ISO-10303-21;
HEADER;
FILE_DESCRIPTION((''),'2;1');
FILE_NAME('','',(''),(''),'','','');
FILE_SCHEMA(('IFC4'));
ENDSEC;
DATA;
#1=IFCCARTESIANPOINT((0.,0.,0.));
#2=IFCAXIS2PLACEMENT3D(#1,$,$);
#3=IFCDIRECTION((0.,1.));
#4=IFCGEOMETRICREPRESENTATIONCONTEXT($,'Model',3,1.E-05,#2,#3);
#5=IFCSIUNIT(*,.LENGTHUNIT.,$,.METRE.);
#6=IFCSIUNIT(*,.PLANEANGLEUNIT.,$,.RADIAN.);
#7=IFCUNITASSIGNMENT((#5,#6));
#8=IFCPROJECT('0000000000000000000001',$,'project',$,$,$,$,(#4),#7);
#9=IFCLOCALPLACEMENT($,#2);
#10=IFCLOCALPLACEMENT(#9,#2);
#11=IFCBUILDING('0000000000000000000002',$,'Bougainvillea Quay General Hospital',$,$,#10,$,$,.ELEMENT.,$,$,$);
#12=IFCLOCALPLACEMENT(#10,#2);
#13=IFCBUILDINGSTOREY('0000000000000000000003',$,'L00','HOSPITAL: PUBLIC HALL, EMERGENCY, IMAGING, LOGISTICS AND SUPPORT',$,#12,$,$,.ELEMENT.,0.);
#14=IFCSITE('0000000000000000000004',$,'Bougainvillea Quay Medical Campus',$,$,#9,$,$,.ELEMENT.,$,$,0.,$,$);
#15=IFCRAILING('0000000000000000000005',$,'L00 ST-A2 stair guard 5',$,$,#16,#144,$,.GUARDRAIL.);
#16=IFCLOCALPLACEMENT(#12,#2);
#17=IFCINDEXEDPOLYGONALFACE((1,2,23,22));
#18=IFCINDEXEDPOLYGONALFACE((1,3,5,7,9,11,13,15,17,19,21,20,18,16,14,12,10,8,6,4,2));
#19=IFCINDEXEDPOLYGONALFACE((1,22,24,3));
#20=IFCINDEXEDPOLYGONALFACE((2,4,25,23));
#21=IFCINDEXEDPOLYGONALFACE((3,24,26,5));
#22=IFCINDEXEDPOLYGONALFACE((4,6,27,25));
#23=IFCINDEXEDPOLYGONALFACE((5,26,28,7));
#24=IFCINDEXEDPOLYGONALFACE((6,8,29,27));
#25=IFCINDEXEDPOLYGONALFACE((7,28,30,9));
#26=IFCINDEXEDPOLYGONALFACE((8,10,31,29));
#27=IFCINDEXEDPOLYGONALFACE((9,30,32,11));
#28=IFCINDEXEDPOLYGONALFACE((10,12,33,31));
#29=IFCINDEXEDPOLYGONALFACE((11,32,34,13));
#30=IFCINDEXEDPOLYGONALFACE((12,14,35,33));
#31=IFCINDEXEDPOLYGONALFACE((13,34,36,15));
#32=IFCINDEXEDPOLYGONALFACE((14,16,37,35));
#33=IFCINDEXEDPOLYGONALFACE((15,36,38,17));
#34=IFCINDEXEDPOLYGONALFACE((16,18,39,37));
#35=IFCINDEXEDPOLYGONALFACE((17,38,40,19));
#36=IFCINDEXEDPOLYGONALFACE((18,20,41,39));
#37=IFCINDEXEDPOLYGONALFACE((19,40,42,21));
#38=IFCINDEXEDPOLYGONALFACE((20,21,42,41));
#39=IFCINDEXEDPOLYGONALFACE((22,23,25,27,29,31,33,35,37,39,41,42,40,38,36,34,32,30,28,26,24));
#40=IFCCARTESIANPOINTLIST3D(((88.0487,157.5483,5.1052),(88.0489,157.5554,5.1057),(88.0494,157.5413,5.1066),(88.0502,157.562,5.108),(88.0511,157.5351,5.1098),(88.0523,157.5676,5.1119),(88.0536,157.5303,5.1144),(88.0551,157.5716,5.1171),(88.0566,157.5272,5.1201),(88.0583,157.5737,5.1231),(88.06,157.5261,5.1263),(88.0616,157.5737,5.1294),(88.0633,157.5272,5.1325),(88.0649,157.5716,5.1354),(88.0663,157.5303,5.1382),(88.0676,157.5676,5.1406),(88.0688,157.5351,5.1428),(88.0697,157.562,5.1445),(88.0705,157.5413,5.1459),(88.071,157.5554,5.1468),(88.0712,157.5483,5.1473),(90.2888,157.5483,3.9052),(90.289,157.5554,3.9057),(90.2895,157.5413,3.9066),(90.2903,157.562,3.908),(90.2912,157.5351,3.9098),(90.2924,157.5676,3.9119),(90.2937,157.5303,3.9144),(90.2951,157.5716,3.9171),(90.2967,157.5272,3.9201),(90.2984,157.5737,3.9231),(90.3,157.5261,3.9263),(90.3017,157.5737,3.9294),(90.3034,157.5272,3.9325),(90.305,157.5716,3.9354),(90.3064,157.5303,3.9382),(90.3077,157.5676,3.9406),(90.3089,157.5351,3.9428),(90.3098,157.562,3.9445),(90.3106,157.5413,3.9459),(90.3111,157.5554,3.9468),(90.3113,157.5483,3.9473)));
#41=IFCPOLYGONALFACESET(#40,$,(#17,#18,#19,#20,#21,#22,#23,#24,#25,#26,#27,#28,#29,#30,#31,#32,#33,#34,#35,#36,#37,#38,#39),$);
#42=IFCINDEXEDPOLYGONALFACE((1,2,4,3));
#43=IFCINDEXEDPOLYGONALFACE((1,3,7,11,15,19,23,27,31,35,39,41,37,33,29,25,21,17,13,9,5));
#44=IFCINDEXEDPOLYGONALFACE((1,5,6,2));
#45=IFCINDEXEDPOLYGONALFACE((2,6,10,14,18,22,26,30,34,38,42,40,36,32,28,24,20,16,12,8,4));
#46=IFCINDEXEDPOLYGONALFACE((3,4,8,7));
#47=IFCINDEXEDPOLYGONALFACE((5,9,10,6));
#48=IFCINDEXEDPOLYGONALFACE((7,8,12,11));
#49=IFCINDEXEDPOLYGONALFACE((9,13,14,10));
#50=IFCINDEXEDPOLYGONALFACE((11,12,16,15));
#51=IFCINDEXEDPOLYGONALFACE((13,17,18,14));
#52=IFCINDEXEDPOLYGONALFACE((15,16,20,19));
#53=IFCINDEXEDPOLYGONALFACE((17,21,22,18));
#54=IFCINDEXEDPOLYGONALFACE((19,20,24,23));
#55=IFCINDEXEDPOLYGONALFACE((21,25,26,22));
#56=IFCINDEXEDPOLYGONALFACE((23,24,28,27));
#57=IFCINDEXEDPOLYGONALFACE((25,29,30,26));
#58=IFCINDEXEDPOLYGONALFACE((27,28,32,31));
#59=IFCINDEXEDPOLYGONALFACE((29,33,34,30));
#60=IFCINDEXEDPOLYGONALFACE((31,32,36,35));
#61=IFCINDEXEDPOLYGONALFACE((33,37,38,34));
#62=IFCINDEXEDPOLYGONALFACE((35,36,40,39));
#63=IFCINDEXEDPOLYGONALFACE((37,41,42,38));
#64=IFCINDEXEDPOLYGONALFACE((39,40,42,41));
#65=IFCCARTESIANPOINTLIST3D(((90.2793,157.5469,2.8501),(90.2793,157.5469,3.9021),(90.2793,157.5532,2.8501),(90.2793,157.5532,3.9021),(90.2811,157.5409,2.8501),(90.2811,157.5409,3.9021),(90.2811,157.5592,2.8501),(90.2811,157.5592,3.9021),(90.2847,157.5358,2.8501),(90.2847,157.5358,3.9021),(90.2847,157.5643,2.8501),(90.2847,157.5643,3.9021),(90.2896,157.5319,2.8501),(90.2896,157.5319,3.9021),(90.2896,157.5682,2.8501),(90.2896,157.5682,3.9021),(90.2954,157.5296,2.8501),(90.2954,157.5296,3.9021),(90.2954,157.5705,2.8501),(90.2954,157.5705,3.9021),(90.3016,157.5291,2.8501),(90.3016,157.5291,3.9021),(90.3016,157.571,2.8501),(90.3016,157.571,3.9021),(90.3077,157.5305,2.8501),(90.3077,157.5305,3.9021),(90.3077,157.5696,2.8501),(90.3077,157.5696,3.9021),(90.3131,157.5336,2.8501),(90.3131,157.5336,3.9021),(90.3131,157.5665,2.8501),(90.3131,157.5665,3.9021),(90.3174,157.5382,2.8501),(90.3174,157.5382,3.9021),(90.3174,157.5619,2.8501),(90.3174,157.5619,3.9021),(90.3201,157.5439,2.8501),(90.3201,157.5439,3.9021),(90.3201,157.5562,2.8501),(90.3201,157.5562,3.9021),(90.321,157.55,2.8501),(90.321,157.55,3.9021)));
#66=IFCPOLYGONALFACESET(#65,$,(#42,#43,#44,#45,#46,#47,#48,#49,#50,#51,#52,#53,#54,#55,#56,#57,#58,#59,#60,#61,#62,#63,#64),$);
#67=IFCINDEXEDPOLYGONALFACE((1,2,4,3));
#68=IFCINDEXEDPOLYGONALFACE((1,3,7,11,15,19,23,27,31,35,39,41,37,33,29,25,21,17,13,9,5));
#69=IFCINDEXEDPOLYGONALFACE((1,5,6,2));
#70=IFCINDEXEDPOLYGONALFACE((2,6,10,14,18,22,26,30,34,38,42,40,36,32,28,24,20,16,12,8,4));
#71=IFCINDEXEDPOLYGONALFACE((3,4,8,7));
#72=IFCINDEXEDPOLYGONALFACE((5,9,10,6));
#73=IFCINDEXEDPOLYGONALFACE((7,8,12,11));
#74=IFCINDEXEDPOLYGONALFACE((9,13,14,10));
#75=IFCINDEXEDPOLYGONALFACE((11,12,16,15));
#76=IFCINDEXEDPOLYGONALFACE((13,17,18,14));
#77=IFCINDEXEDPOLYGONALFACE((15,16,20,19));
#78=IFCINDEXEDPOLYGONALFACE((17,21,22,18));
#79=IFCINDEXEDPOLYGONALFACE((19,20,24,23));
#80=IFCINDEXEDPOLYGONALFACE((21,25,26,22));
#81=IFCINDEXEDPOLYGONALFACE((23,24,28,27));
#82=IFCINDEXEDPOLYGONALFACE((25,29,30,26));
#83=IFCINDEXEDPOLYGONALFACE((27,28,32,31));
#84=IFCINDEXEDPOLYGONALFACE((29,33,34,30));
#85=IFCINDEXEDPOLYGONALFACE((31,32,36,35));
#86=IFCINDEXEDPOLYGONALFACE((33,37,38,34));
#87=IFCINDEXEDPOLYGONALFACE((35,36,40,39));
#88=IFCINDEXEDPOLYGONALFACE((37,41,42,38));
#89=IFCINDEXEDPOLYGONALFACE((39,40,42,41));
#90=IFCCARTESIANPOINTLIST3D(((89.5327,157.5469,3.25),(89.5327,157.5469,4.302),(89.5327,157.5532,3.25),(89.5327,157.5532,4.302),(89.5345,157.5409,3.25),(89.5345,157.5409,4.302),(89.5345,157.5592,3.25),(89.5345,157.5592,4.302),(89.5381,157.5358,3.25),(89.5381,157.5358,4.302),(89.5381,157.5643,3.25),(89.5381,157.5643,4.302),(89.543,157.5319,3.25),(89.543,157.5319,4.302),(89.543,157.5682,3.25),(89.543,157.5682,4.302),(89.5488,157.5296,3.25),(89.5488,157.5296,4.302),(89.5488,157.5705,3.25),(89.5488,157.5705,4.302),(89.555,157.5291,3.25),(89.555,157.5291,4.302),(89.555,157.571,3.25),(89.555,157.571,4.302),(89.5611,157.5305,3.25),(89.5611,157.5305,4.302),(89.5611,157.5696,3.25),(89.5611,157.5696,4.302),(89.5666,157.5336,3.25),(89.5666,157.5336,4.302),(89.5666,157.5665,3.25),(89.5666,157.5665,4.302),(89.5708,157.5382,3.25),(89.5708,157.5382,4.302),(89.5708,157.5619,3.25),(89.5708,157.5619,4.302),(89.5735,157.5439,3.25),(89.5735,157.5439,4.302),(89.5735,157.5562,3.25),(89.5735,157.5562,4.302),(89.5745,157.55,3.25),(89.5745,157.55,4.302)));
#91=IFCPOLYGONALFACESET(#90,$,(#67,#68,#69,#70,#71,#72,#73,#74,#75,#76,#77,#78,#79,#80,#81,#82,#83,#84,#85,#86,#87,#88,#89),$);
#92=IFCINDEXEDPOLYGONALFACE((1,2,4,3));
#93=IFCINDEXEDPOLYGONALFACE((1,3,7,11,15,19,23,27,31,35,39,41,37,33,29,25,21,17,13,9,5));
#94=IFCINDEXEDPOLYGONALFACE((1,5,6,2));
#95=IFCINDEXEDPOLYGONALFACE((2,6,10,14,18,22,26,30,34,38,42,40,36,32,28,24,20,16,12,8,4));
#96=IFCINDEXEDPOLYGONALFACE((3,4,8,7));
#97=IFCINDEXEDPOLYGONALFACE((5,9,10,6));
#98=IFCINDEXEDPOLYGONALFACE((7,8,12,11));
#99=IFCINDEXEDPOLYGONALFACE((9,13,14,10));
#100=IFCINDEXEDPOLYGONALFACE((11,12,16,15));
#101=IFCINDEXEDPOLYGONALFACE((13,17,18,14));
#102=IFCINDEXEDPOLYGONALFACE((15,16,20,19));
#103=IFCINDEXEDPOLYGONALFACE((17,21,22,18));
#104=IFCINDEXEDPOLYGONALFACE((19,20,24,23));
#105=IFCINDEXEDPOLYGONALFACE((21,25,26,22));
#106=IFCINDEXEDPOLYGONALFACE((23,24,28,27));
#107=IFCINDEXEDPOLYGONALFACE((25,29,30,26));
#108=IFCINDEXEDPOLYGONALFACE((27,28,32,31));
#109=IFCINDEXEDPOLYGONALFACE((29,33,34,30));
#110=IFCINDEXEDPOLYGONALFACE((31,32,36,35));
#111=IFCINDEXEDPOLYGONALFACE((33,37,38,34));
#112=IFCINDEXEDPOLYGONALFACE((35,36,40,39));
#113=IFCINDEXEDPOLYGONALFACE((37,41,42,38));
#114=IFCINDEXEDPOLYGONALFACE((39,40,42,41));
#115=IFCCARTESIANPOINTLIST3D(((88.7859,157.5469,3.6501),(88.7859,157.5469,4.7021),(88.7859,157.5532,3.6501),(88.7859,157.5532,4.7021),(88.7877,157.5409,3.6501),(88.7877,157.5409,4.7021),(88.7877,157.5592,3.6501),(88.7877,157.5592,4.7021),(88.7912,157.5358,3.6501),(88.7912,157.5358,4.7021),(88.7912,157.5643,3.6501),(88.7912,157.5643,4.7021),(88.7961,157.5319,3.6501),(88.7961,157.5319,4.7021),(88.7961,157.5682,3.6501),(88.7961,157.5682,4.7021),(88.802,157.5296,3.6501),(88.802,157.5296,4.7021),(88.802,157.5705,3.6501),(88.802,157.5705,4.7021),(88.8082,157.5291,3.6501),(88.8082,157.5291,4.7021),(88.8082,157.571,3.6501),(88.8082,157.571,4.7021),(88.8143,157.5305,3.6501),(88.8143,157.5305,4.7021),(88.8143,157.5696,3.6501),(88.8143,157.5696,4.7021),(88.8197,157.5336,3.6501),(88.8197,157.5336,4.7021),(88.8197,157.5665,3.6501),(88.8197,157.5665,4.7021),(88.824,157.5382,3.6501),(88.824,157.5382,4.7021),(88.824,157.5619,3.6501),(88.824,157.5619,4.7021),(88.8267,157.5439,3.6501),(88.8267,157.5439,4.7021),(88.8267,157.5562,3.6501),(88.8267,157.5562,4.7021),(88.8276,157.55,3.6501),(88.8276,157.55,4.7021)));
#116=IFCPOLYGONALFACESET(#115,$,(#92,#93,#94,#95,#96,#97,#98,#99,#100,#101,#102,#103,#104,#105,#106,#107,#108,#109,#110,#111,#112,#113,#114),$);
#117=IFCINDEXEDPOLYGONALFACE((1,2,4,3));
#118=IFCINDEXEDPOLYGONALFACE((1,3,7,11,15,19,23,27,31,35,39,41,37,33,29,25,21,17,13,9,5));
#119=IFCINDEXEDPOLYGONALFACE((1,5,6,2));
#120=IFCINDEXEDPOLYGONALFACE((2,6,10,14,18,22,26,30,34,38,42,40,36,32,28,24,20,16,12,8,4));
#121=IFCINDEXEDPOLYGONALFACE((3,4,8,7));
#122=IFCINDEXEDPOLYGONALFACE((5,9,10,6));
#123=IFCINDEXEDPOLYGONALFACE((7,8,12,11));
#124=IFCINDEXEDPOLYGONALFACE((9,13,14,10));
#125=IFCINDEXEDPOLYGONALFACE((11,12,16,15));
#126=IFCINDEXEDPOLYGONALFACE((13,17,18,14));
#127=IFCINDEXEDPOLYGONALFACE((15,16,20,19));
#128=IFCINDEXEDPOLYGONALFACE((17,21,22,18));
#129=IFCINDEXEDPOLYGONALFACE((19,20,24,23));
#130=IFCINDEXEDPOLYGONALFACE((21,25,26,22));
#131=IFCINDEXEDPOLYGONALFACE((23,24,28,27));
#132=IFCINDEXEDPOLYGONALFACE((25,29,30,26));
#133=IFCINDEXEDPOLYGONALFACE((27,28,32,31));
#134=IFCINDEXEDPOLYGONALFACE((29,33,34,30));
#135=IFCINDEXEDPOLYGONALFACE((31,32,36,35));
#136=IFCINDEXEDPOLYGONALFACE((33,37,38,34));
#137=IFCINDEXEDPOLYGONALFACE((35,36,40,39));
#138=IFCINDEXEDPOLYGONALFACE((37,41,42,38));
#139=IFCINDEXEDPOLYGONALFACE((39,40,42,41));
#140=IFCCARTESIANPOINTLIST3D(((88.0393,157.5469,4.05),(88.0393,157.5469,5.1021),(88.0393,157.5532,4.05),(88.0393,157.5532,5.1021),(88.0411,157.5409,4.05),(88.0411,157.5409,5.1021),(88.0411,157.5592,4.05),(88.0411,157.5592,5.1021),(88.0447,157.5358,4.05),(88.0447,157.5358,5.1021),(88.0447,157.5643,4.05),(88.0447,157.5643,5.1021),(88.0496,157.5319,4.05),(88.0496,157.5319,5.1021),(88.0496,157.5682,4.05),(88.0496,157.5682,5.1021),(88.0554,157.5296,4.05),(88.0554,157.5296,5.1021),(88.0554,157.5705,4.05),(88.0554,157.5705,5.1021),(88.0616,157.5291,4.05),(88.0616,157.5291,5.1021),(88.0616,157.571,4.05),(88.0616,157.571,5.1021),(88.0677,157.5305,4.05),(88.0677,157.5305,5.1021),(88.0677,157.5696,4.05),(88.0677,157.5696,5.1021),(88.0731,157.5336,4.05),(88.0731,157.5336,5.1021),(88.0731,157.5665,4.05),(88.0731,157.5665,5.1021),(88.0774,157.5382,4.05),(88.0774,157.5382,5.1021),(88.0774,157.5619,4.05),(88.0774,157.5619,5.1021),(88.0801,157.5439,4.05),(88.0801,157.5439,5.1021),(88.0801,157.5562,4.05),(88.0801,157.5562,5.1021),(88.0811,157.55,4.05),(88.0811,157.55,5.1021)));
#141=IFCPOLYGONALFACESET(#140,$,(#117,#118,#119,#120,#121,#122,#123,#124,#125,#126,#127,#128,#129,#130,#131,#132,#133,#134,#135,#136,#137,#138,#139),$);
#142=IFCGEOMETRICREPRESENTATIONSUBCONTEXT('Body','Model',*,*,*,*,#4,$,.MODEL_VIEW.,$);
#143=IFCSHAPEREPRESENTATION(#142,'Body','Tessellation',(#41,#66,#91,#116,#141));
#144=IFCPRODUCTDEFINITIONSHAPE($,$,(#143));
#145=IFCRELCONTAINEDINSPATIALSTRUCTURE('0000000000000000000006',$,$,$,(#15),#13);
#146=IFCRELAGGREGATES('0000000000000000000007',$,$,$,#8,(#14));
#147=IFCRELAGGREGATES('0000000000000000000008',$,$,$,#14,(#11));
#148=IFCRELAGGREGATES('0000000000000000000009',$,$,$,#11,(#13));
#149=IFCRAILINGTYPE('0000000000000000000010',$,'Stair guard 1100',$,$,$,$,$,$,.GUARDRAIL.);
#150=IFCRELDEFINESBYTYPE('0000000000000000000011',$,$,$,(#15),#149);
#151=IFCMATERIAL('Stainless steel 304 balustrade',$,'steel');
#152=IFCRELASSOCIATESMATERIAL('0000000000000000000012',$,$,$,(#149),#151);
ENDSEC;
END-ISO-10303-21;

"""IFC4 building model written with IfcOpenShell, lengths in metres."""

from ifc_helpers import new_model, si_unit, direction, frame, origin, origin_2d, place, context, subcontext, project, spatial, circle, extrude, material, type_object, element, save


model = new_model("IFC4")

# Units and contexts
model_context = context("Model", 3, precision=1e-05, world=origin(), true_north=direction((0.0, 1.0)))
body_context = subcontext(model_context, "Body", "Model", "MODEL_VIEW")
ifc_project = project(units=[si_unit("LENGTHUNIT", "METRE"), si_unit("PLANEANGLEUNIT", "RADIAN")], contexts=[model_context])

# Site, building, storey
site_placement = place(None, origin())
site = spatial("IfcSite", under=ifc_project, at=site_placement, Name="Bougainvillea Quay Medical Campus", CompositionType="ELEMENT", RefElevation=0.0)
building_placement = place(site_placement, origin())
building = spatial("IfcBuilding", under=site, at=building_placement, Name="Bougainvillea Quay General Hospital", CompositionType="ELEMENT")
storey_placement = place(building_placement, origin())
storey = spatial("IfcBuildingStorey", under=building, at=storey_placement, Name="L00", Description="HOSPITAL: PUBLIC HALL, EMERGENCY, IMAGING, LOGISTICS AND SUPPORT", CompositionType="ELEMENT", Elevation=0.0)

# Railing
ifc_material_1 = material(Name="Stainless steel 304 balustrade", Category="steel")
railing_type_1 = type_object("IfcRailingType", Name="Stair guard 1100", PredefinedType="GUARDRAIL", material=ifc_material_1)
railing_1_placement = place(storey_placement, frame((90.3, 157.55, 2.8501)))
element("IfcRailing", 1, at=railing_1_placement, inside=storey, type_object=railing_type_1, Name="L00 ST-A2 stair guard 5", PredefinedType="GUARDRAIL", context=body_context, shape_type="SweptSolid", body=[
    extrude(circle(Radius=0.0239, at=origin_2d()), frame((0.0, 0.0, 1.0762), z_axis=(-0.881487, 0.0, 0.472208), x_axis=(0.0, -1.0, 0.0)), (0.0, 0.0, 1.0), 2.5413),
    extrude(circle(Radius=0.021, at=origin_2d()), origin(), (0.0, 0.0, 1.0), 1.052),
    extrude(circle(Radius=0.021, at=origin_2d()), frame((-0.7466, 0.0, 0.3999)), (0.0, 0.0, 1.0), 1.052),
    extrude(circle(Radius=0.021, at=origin_2d()), frame((-1.4934, 0.0, 0.8)), (0.0, 0.0, 1.0), 1.052),
    extrude(circle(Radius=0.021, at=origin_2d()), frame((-2.24, 0.0, 1.2)), (0.0, 0.0, 1.0), 1.052),
])

save(model, "model.ifc")
